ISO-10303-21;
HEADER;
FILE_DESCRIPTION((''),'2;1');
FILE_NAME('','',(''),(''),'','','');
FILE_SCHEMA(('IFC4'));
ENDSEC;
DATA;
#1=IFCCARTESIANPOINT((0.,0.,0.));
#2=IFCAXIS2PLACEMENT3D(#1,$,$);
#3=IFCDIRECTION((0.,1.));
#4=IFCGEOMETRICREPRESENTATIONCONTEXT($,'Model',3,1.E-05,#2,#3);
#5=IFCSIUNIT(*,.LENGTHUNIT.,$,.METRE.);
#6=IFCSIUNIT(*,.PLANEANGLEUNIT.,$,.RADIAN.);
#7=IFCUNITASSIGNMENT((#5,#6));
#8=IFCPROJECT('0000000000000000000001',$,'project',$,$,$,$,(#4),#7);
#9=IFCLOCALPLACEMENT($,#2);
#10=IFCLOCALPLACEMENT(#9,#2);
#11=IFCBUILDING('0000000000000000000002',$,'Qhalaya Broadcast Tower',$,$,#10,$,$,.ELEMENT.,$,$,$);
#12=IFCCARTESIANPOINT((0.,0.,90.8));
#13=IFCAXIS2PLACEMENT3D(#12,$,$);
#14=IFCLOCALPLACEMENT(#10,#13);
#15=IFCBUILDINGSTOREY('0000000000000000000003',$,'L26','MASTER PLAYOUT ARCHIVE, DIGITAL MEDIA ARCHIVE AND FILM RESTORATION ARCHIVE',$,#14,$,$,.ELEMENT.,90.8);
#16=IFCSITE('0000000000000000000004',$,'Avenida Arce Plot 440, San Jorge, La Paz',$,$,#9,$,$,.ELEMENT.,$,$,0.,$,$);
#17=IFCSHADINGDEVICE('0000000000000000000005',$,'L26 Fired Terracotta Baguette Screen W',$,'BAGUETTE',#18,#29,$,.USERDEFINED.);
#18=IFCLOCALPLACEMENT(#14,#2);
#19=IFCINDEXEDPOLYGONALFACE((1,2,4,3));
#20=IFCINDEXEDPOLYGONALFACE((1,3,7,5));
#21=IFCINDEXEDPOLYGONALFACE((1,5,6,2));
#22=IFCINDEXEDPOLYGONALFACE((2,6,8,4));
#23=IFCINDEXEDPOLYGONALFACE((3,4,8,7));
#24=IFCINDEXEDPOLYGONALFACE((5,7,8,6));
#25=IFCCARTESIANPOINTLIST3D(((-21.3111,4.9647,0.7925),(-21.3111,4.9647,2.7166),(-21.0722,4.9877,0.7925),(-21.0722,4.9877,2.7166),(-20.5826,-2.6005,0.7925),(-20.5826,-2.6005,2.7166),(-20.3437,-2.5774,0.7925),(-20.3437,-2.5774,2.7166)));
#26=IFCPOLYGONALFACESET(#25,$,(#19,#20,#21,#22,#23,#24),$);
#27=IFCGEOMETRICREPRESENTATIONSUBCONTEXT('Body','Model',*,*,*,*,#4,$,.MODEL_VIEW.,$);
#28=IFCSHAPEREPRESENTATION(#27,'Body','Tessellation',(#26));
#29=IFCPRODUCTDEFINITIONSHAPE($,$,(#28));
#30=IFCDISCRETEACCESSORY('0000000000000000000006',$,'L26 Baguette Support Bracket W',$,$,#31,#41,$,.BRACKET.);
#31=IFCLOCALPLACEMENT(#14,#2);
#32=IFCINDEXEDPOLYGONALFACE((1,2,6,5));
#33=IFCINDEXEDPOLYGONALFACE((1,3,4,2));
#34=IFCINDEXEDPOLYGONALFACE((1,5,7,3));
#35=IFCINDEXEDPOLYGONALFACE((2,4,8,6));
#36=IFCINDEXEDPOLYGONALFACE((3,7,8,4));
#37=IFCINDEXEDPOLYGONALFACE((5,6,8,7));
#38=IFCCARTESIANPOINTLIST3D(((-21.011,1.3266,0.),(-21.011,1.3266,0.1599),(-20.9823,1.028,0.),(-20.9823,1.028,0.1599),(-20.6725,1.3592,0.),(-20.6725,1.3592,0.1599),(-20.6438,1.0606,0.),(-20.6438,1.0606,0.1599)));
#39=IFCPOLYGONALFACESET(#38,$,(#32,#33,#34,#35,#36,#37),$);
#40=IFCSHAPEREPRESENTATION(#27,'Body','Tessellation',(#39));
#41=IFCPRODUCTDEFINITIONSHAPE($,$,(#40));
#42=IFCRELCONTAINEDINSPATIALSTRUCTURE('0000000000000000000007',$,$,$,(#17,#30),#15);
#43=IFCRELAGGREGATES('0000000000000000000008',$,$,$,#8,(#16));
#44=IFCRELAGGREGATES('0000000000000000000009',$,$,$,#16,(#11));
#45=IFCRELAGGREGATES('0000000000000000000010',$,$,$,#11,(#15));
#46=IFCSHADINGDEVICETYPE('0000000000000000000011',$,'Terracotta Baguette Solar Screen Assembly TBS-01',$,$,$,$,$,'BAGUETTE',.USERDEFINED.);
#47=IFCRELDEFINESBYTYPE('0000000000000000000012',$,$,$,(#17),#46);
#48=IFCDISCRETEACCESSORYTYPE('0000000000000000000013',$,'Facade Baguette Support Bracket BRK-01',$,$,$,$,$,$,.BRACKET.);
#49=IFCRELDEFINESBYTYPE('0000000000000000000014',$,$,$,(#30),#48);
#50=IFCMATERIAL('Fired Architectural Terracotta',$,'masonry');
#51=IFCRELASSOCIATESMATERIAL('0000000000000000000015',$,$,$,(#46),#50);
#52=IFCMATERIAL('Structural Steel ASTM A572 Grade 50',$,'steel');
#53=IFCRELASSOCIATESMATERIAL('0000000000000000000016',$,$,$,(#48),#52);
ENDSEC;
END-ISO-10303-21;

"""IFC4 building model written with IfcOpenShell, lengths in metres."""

from ifc_helpers import new_model, si_unit, direction, frame, origin, origin_2d, place, context, subcontext, project, spatial, rectangle, extrude, material, type_object, element, save


model = new_model("IFC4")

# Units and contexts
model_context = context("Model", 3, precision=1e-05, world=origin(), true_north=direction((0.0, 1.0)))
body_context = subcontext(model_context, "Body", "Model", "MODEL_VIEW")
ifc_project = project(units=[si_unit("LENGTHUNIT", "METRE"), si_unit("PLANEANGLEUNIT", "RADIAN")], contexts=[model_context])

# Site, building, storey
site_placement = place(None, origin())
site = spatial("IfcSite", under=ifc_project, at=site_placement, Name="Avenida Arce Plot 440, San Jorge, La Paz", CompositionType="ELEMENT", RefElevation=0.0)
building_placement = place(site_placement, origin())
building = spatial("IfcBuilding", under=site, at=building_placement, Name="Qhalaya Broadcast Tower", CompositionType="ELEMENT")
storey_placement = place(building_placement, frame((0.0, 0.0, 90.8)))
storey = spatial("IfcBuildingStorey", under=building, at=storey_placement, Name="L26", Description="MASTER PLAYOUT ARCHIVE, DIGITAL MEDIA ARCHIVE AND FILM RESTORATION ARCHIVE", CompositionType="ELEMENT", Elevation=90.8)

# Shared definitions
ifc_material_1 = material(Name="Structural Steel ASTM A572 Grade 50", Category="steel")

# Shared definitions
ifc_material_2 = material(Name="Fired Architectural Terracotta", Category="masonry")

# Shading device
shading_device_type = type_object("IfcShadingDeviceType", Name="Terracotta Baguette Solar Screen Assembly TBS-01", ElementType="BAGUETTE", PredefinedType="USERDEFINED", material=ifc_material_2)
shading_device_placement = place(storey_placement, frame((-20.8274, 1.1936, 0.7925), z_axis=(0.0, 0.0, 1.0), x_axis=(0.095846, -0.995396, 0.0)))
element("IfcShadingDevice", 1, at=shading_device_placement, inside=storey, type_object=shading_device_type, Name="L26 Fired Terracotta Baguette Screen W", ObjectType="BAGUETTE", PredefinedType="USERDEFINED", context=body_context, shape_type="SweptSolid", body=[
    extrude(rectangle(XDim=7.6001, YDim=0.24, at=origin_2d()), origin(), (0.0, 0.0, 1.0), 1.9241),
])

# Discrete accessory
discrete_accessory_type = type_object("IfcDiscreteAccessoryType", Name="Facade Baguette Support Bracket BRK-01", PredefinedType="BRACKET", material=ifc_material_1)
discrete_accessory_placement = place(storey_placement, frame((-20.8274, 1.1936, 0.0), z_axis=(0.0, 0.0, 1.0), x_axis=(0.095846, -0.995396, 0.0)))
element("IfcDiscreteAccessory", 2, at=discrete_accessory_placement, inside=storey, type_object=discrete_accessory_type, Name="L26 Baguette Support Bracket W", PredefinedType="BRACKET", context=body_context, shape_type="SweptSolid", body=[
    extrude(rectangle(XDim=0.3, YDim=0.3401, at=origin_2d()), origin(), (0.0, 0.0, 1.0), 0.1599),
])

save(model, "model.ifc")
